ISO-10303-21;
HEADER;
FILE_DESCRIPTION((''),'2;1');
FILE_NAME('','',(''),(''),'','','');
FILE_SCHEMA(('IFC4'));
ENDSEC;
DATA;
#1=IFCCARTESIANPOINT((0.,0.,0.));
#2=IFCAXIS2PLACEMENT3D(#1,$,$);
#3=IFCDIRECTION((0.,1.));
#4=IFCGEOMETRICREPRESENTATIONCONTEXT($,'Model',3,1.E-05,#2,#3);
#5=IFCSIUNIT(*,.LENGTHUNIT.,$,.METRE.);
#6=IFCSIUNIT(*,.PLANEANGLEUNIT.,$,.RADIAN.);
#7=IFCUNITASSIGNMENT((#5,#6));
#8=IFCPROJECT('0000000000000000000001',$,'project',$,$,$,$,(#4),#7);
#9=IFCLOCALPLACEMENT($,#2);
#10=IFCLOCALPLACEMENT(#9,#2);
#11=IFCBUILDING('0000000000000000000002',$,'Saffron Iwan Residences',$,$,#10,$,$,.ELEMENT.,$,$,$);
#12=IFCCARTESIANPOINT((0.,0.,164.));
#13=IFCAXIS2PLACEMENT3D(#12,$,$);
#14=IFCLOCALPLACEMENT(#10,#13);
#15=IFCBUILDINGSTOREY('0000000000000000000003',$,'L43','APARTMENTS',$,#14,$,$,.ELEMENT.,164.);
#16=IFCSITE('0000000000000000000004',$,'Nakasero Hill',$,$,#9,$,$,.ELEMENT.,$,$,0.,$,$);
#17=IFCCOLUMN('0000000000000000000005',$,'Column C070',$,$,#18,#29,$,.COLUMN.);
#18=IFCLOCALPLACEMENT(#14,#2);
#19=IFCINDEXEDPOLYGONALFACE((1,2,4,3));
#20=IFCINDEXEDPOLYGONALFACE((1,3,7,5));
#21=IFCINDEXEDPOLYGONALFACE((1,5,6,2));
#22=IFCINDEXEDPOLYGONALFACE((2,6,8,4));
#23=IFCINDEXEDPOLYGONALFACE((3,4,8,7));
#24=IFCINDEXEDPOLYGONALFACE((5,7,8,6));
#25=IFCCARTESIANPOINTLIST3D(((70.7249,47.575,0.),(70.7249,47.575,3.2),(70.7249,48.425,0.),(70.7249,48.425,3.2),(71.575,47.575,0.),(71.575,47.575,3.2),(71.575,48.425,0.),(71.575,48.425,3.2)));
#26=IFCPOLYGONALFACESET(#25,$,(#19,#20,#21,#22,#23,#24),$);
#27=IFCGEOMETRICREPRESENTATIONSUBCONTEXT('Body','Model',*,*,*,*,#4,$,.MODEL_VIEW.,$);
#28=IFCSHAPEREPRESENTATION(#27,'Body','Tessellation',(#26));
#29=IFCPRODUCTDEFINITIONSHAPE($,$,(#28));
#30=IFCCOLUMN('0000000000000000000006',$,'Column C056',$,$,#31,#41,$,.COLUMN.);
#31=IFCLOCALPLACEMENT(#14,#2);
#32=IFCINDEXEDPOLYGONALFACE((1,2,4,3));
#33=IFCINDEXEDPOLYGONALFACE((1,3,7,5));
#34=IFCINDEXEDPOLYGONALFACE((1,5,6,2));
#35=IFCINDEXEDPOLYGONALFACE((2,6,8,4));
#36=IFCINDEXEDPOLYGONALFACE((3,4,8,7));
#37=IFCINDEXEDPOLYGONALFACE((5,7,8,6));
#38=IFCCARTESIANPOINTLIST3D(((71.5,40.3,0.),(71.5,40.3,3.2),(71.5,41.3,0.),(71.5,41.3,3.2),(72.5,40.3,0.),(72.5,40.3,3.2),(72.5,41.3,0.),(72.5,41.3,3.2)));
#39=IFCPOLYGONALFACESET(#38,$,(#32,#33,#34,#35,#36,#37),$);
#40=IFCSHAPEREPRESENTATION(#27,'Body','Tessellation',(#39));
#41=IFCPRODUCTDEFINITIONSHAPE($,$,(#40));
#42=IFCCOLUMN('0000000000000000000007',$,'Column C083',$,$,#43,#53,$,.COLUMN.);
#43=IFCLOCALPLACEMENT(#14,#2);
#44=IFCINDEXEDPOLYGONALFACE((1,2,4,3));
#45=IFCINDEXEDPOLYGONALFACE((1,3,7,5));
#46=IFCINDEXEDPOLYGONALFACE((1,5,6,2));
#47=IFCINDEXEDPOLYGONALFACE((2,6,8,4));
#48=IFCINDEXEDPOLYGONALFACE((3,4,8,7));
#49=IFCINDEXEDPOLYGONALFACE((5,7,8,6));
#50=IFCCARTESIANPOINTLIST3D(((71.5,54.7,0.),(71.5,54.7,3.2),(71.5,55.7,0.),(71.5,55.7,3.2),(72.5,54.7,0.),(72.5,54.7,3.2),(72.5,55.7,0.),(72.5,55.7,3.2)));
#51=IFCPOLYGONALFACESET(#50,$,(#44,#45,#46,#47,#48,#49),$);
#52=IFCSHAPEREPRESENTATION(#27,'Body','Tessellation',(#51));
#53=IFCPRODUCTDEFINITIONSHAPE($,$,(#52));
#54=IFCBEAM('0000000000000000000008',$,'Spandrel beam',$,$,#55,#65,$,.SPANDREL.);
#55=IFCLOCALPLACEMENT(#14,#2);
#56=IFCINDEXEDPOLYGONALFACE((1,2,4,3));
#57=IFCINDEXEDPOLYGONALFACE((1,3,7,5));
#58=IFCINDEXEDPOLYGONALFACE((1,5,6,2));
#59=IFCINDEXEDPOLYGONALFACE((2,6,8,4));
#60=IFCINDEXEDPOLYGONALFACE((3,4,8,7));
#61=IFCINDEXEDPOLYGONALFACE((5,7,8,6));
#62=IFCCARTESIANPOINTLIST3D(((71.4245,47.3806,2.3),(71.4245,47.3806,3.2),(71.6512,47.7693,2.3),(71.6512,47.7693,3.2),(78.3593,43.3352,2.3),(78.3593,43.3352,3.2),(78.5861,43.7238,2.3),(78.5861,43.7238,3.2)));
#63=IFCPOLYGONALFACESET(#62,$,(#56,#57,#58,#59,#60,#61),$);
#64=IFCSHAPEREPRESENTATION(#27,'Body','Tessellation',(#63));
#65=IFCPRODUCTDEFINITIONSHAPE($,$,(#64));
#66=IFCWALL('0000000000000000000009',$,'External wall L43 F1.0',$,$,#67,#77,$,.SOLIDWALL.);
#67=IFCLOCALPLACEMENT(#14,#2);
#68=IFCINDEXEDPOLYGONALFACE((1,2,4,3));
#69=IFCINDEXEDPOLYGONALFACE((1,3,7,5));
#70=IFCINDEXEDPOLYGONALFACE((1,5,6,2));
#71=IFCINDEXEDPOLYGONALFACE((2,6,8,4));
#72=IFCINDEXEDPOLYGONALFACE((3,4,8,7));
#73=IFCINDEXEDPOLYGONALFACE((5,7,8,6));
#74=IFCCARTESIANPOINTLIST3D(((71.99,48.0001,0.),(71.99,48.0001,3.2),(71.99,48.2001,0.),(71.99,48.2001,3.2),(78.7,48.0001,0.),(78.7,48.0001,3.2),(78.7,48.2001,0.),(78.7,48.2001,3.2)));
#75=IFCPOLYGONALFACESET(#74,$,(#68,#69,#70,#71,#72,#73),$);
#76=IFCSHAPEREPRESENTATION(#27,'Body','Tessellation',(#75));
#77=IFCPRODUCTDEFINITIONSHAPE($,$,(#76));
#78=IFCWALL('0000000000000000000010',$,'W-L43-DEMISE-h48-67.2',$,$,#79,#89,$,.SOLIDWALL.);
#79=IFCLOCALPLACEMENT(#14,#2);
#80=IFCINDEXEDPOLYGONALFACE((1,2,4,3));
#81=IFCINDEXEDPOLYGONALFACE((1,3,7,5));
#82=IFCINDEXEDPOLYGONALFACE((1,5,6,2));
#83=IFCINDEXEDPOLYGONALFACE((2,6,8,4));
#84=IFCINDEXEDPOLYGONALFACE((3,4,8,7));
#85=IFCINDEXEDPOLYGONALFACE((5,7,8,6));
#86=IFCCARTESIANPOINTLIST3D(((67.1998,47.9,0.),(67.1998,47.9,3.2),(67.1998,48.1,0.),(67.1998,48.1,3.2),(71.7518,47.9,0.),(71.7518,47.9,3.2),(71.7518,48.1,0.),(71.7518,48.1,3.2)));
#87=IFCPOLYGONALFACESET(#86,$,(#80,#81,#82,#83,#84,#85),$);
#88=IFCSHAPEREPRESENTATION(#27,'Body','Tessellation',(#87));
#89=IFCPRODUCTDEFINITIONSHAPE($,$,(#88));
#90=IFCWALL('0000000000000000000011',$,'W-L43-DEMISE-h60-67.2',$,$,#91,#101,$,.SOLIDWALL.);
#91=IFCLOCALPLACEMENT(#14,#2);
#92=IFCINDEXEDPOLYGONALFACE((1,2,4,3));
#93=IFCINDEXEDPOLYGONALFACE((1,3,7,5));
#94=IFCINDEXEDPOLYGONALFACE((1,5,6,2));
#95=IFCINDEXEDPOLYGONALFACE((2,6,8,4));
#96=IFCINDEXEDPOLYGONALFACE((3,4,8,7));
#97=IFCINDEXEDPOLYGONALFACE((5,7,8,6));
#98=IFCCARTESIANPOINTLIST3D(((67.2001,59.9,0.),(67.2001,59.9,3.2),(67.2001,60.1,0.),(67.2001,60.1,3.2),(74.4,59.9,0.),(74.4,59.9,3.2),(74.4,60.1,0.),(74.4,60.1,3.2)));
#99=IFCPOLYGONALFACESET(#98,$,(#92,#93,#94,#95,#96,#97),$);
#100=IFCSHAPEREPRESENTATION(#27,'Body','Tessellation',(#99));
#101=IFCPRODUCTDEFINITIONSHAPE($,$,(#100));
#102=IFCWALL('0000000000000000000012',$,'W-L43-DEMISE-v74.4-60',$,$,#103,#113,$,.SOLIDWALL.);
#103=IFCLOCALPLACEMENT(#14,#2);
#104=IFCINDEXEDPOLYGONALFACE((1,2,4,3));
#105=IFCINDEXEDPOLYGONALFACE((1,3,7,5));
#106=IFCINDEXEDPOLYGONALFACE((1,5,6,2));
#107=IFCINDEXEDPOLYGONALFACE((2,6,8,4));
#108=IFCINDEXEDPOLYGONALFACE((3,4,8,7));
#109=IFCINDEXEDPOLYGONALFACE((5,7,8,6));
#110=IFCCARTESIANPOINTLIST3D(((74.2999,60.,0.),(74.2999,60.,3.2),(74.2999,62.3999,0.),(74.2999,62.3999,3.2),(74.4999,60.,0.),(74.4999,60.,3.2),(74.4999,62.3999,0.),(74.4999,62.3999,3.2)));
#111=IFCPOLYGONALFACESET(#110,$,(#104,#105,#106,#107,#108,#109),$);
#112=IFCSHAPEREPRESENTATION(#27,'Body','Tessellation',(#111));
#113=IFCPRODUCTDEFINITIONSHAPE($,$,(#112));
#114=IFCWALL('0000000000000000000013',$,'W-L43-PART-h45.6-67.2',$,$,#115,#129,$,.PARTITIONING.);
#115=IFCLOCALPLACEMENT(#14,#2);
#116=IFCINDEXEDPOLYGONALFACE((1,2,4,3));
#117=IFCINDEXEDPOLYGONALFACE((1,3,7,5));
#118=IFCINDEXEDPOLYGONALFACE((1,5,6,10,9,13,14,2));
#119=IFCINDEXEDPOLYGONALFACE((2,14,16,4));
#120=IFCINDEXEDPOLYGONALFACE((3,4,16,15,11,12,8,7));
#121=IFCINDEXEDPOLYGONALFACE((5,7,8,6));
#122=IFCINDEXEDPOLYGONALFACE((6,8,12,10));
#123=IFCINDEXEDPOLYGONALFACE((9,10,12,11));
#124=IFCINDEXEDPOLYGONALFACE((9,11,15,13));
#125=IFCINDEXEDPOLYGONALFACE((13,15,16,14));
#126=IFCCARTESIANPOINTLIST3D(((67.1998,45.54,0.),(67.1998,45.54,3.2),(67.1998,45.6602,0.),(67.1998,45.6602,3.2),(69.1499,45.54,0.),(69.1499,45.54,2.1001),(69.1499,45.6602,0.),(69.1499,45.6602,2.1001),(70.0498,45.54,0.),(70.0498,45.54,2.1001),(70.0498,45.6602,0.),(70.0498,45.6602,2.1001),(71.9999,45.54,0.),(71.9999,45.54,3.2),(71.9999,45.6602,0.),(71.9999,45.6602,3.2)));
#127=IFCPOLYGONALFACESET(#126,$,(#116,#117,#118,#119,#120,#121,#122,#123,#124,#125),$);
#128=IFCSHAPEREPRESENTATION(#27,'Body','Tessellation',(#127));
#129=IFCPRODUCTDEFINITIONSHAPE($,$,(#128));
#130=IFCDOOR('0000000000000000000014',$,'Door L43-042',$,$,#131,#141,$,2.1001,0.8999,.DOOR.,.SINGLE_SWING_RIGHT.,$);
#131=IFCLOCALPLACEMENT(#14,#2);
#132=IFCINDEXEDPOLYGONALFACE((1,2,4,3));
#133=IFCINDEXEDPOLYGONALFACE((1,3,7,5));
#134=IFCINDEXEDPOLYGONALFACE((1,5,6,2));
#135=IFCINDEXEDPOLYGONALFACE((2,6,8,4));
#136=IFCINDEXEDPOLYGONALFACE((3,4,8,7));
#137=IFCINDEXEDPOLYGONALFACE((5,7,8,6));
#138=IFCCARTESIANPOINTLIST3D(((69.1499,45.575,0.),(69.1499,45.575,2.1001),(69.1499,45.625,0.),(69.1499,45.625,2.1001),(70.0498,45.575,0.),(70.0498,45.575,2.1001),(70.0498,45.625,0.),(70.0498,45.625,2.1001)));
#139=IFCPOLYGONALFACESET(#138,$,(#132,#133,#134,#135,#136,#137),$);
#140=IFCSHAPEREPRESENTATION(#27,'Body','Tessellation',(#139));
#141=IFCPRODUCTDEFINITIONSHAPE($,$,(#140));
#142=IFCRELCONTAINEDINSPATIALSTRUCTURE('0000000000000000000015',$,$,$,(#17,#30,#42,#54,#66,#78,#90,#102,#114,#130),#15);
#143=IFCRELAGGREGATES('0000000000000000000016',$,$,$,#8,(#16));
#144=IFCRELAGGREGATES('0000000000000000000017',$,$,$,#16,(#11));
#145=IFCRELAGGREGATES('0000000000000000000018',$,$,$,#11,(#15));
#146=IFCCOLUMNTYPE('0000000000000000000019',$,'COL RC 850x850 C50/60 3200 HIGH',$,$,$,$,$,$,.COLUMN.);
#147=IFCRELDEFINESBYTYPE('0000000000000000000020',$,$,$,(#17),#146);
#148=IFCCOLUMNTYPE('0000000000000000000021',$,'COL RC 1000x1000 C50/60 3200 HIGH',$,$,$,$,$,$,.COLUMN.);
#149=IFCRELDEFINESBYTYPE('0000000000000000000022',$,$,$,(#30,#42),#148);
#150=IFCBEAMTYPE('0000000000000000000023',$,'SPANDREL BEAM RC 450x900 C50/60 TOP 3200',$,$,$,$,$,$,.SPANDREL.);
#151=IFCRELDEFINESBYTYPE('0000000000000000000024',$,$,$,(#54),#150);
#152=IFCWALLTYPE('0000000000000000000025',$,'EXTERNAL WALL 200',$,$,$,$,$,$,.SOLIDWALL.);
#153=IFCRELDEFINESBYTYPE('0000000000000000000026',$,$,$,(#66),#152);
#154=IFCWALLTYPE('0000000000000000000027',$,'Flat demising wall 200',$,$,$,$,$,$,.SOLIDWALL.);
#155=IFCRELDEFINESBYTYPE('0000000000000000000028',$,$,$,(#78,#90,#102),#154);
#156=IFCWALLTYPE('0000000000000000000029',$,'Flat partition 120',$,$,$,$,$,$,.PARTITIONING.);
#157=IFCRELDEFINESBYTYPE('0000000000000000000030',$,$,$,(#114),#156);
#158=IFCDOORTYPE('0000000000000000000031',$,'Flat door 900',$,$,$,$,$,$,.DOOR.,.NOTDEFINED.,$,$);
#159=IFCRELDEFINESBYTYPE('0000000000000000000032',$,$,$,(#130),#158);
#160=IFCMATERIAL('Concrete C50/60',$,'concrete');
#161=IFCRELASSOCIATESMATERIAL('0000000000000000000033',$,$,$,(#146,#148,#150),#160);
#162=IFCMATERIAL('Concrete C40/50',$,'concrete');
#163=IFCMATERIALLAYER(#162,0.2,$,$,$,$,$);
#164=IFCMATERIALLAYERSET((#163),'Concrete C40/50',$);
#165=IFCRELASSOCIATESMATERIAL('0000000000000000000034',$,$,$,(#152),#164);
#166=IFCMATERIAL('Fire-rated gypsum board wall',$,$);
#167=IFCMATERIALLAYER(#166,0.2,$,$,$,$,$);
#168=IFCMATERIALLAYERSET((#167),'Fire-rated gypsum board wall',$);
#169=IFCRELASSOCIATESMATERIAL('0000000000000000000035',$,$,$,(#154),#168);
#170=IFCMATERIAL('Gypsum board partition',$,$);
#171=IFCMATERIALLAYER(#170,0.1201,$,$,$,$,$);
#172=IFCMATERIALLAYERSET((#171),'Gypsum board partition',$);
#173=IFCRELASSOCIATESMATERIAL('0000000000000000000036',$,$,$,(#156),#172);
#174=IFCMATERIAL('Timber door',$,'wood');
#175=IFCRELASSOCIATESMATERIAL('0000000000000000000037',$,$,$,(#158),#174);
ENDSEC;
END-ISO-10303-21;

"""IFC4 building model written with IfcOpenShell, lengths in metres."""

from ifc_helpers import new_model, si_unit, direction, frame, frame_2d, origin, origin_2d, place, context, subcontext, project, spatial, rectangle, extrude, source, transform, mapped, material, layer, layer_set, material_profile, profile_set, type_object, element, fill, save


model = new_model("IFC4")

# Units and contexts
model_context = context("Model", 3, precision=1e-05, world=origin(), true_north=direction((0.0, 1.0)))
body_context = subcontext(model_context, "Body", "Model", "MODEL_VIEW")
ifc_project = project(units=[si_unit("LENGTHUNIT", "METRE"), si_unit("PLANEANGLEUNIT", "RADIAN")], contexts=[model_context])

# Site, building, storey
site_placement = place(None, origin())
site = spatial("IfcSite", under=ifc_project, at=site_placement, Name="Nakasero Hill", CompositionType="ELEMENT", RefElevation=0.0)
building_placement = place(site_placement, origin())
building = spatial("IfcBuilding", under=site, at=building_placement, Name="Saffron Iwan Residences", CompositionType="ELEMENT")
storey_placement = place(building_placement, frame((0.0, 0.0, 164.0)))
storey = spatial("IfcBuildingStorey", under=building, at=storey_placement, Name="L43", Description="APARTMENTS", CompositionType="ELEMENT", Elevation=164.0)

# Columns
ifc_material_1 = material(Name="Concrete C50/60", Category="concrete")
ifc_material_profile_1 = material_profile(ifc_material_1, rectangle(XDim=0.8501, YDim=0.8501, at=origin_2d()), Name="RC 850x850")
ifc_profile_set_1 = profile_set([ifc_material_profile_1], Name="Concrete C50/60")
column_type_1 = type_object("IfcColumnType", Name="COL RC 850x850 C50/60 3200 HIGH", PredefinedType="COLUMN", material=ifc_profile_set_1)
shared_shape_1 = source(origin(), body_context, "Body", "SweptSolid", [
    extrude(rectangle(XDim=0.8501, YDim=0.8501, at=origin_2d()), origin(), (0.0, 0.0, 1.0), 3.2),
])
column_placement = place(storey_placement, frame((71.1499, 48.0, 0.0), z_axis=(0.0, 0.0, 1.0), x_axis=(1.0, 0.0, 0.0)))
element("IfcColumn", 1, at=column_placement, inside=storey, type_object=column_type_1, Name="Column C070", PredefinedType="COLUMN", context=body_context, shape_type="MappedRepresentation", body=[
    mapped(shared_shape_1, transform((0.0, 0.0, 0.0))),
])
ifc_material_profile_2 = material_profile(ifc_material_1, rectangle(XDim=1.0, YDim=1.0, at=origin_2d()), Name="RC 1000x1000")
ifc_profile_set_2 = profile_set([ifc_material_profile_2], Name="Concrete C50/60")
column_type_2 = type_object("IfcColumnType", Name="COL RC 1000x1000 C50/60 3200 HIGH", PredefinedType="COLUMN", material=ifc_profile_set_2)
shared_shape_2 = source(origin(), body_context, "Body", "SweptSolid", [
    extrude(rectangle(XDim=1.0, YDim=1.0, at=origin_2d()), origin(), (0.0, 0.0, 1.0), 3.2),
])
for number, where, z_axis, x_axis, name in (
    (2, (72.0, 40.8, 0.0), (0.0, 0.0, 1.0), (1.0, 0.0, 0.0), "Column C056"),
    (3, (72.0, 55.2, 0.0), (0.0, 0.0, 1.0), (1.0, 0.0, 0.0), "Column C083"),
):
    element("IfcColumn", number, at=place(storey_placement, frame(where, z_axis=z_axis, x_axis=x_axis)), inside=storey, type_object=column_type_2, Name=name, PredefinedType="COLUMN", context=body_context, shape_type="MappedRepresentation", body=[
        mapped(shared_shape_2, transform((0.0, 0.0, 0.0))),
    ])

# Beam
ifc_material_profile_3 = material_profile(ifc_material_1, rectangle(XDim=0.45, YDim=0.8999, at=origin_2d()), Name="RC 450x900")
ifc_profile_set_3 = profile_set([ifc_material_profile_3], Name="Concrete C50/60")
beam_type = type_object("IfcBeamType", Name="SPANDREL BEAM RC 450x900 C50/60 TOP 3200", PredefinedType="SPANDREL", material=ifc_profile_set_3)
shared_shape_3 = source(origin(), body_context, "Body", "SweptSolid", [
    extrude(rectangle(XDim=0.45, YDim=0.8999, at=origin_2d()), origin(), (0.0, 0.0, 1.0), 8.0286),
])
beam_placement = place(storey_placement, frame((71.5378, 47.575, 2.75), z_axis=(0.863773, -0.50388, 0.0), x_axis=(0.50388, 0.863773, 0.0)))
element("IfcBeam", 4, at=beam_placement, inside=storey, type_object=beam_type, Name="Spandrel beam", PredefinedType="SPANDREL", context=body_context, shape_type="MappedRepresentation", body=[
    mapped(shared_shape_3, transform((0.0, 0.0, 0.0))),
])

# Walls
ifc_material_2 = material(Name="Concrete C40/50", Category="concrete")
ifc_layer_1 = layer(ifc_material_2, 0.2)
ifc_layer_set_1 = layer_set([ifc_layer_1], Name="Concrete C40/50")
wall_type_1 = type_object("IfcWallType", Name="EXTERNAL WALL 200", PredefinedType="SOLIDWALL", material=ifc_layer_set_1)
wall_1_placement = place(storey_placement, frame((71.99, 48.1001, 0.0), z_axis=(0.0, 0.0, 1.0), x_axis=(1.0, 0.0, 0.0)))
element("IfcWall", 5, at=wall_1_placement, inside=storey, type_object=wall_type_1, Name="External wall L43 F1.0", PredefinedType="SOLIDWALL", context=body_context, shape_type="SweptSolid", body=[
    extrude(rectangle(XDim=6.71, YDim=0.2, at=frame_2d((3.355, 0.0))), origin(), (0.0, 0.0, 1.0), 3.2),
])
ifc_material_3 = material(Name="Fire-rated gypsum board wall")
ifc_layer_2 = layer(ifc_material_3, 0.2)
ifc_layer_set_2 = layer_set([ifc_layer_2], Name="Fire-rated gypsum board wall")
wall_type_2 = type_object("IfcWallType", Name="Flat demising wall 200", PredefinedType="SOLIDWALL", material=ifc_layer_set_2)
wall_2_placement = place(storey_placement, frame((67.2, 48.0, 0.0), z_axis=(0.0, 0.0, 1.0), x_axis=(1.0, 0.0, 0.0)))
element("IfcWall", 6, at=wall_2_placement, inside=storey, type_object=wall_type_2, Name="W-L43-DEMISE-h48-67.2", PredefinedType="SOLIDWALL", context=body_context, shape_type="SweptSolid", body=[
    extrude(rectangle(XDim=4.552, YDim=0.2, at=frame_2d((2.2759, 0.0))), origin(), (0.0, 0.0, 1.0), 3.2),
])
wall_3_placement = place(storey_placement, frame((67.2, 60.0, 0.0), z_axis=(0.0, 0.0, 1.0), x_axis=(1.0, 0.0, 0.0)))
element("IfcWall", 7, at=wall_3_placement, inside=storey, type_object=wall_type_2, Name="W-L43-DEMISE-h60-67.2", PredefinedType="SOLIDWALL", context=body_context, shape_type="SweptSolid", body=[
    extrude(rectangle(XDim=7.2, YDim=0.2, at=frame_2d((3.6001, 0.0))), origin(), (0.0, 0.0, 1.0), 3.2),
])
wall_4_placement = place(storey_placement, frame((74.3999, 60.0, 0.0), z_axis=(0.0, 0.0, 1.0), x_axis=(0.0, 1.0, 0.0)))
element("IfcWall", 8, at=wall_4_placement, inside=storey, type_object=wall_type_2, Name="W-L43-DEMISE-v74.4-60", PredefinedType="SOLIDWALL", context=body_context, shape_type="SweptSolid", body=[
    extrude(rectangle(XDim=2.3999, YDim=0.2, at=frame_2d((1.2, 0.0))), origin(), (0.0, 0.0, 1.0), 3.2),
])

# Wall, opening, door
ifc_material_4 = material(Name="Gypsum board partition")
ifc_layer_3 = layer(ifc_material_4, 0.1201)
ifc_layer_set_3 = layer_set([ifc_layer_3], Name="Gypsum board partition")
wall_type_3 = type_object("IfcWallType", Name="Flat partition 120", PredefinedType="PARTITIONING", material=ifc_layer_set_3)
wall_5_placement = place(storey_placement, frame((67.2, 45.6001, 0.0), z_axis=(0.0, 0.0, 1.0), x_axis=(1.0, 0.0, 0.0)))
wall_5 = element("IfcWall", 9, at=wall_5_placement, inside=storey, type_object=wall_type_3, Name="W-L43-PART-h45.6-67.2", PredefinedType="PARTITIONING", context=body_context, shape_type="SweptSolid", body=[
    extrude(rectangle(XDim=4.8, YDim=0.1201, at=frame_2d((2.3999, 0.0))), origin(), (0.0, 0.0, 1.0), 3.2),
])
opening_1_placement = place(wall_5_placement, frame((1.95, 0.0, 0.0)))
opening_1 = element("IfcOpeningElement", 10, at=opening_1_placement, cuts=wall_5, PredefinedType="OPENING", context=body_context, shape_type="SweptSolid", body=[
    extrude(rectangle(XDim=0.8999, YDim=2.1001, at=frame_2d((0.45, 1.05))), frame((0.0, 0.0701, 0.0), z_axis=(0.0, -1.0, 0.0), x_axis=(1.0, 0.0, 0.0)), (0.0, 0.0, 1.0), 0.1401),
])
ifc_material_5 = material(Name="Timber door", Category="wood")
door_type_1 = type_object("IfcDoorType", Name="Flat door 900", OperationType="NOTDEFINED", PredefinedType="DOOR", material=ifc_material_5)
door_1_placement = place(opening_1_placement, origin())
door_1 = element("IfcDoor", 11, at=door_1_placement, inside=storey, type_object=door_type_1, Name="Door L43-042", OperationType="SINGLE_SWING_RIGHT", OverallHeight=2.1001, OverallWidth=0.8999, PredefinedType="DOOR", context=body_context, shape_type="SweptSolid", body=[
    extrude(rectangle(XDim=0.8999, YDim=2.1001, at=frame_2d((0.45, 1.05))), frame((0.0, 0.0249, 0.0), z_axis=(0.0, -1.0, 0.0), x_axis=(1.0, 0.0, 0.0)), (0.0, 0.0, 1.0), 0.05),
])
fill(opening_1, door_1)

save(model, "model.ifc")
